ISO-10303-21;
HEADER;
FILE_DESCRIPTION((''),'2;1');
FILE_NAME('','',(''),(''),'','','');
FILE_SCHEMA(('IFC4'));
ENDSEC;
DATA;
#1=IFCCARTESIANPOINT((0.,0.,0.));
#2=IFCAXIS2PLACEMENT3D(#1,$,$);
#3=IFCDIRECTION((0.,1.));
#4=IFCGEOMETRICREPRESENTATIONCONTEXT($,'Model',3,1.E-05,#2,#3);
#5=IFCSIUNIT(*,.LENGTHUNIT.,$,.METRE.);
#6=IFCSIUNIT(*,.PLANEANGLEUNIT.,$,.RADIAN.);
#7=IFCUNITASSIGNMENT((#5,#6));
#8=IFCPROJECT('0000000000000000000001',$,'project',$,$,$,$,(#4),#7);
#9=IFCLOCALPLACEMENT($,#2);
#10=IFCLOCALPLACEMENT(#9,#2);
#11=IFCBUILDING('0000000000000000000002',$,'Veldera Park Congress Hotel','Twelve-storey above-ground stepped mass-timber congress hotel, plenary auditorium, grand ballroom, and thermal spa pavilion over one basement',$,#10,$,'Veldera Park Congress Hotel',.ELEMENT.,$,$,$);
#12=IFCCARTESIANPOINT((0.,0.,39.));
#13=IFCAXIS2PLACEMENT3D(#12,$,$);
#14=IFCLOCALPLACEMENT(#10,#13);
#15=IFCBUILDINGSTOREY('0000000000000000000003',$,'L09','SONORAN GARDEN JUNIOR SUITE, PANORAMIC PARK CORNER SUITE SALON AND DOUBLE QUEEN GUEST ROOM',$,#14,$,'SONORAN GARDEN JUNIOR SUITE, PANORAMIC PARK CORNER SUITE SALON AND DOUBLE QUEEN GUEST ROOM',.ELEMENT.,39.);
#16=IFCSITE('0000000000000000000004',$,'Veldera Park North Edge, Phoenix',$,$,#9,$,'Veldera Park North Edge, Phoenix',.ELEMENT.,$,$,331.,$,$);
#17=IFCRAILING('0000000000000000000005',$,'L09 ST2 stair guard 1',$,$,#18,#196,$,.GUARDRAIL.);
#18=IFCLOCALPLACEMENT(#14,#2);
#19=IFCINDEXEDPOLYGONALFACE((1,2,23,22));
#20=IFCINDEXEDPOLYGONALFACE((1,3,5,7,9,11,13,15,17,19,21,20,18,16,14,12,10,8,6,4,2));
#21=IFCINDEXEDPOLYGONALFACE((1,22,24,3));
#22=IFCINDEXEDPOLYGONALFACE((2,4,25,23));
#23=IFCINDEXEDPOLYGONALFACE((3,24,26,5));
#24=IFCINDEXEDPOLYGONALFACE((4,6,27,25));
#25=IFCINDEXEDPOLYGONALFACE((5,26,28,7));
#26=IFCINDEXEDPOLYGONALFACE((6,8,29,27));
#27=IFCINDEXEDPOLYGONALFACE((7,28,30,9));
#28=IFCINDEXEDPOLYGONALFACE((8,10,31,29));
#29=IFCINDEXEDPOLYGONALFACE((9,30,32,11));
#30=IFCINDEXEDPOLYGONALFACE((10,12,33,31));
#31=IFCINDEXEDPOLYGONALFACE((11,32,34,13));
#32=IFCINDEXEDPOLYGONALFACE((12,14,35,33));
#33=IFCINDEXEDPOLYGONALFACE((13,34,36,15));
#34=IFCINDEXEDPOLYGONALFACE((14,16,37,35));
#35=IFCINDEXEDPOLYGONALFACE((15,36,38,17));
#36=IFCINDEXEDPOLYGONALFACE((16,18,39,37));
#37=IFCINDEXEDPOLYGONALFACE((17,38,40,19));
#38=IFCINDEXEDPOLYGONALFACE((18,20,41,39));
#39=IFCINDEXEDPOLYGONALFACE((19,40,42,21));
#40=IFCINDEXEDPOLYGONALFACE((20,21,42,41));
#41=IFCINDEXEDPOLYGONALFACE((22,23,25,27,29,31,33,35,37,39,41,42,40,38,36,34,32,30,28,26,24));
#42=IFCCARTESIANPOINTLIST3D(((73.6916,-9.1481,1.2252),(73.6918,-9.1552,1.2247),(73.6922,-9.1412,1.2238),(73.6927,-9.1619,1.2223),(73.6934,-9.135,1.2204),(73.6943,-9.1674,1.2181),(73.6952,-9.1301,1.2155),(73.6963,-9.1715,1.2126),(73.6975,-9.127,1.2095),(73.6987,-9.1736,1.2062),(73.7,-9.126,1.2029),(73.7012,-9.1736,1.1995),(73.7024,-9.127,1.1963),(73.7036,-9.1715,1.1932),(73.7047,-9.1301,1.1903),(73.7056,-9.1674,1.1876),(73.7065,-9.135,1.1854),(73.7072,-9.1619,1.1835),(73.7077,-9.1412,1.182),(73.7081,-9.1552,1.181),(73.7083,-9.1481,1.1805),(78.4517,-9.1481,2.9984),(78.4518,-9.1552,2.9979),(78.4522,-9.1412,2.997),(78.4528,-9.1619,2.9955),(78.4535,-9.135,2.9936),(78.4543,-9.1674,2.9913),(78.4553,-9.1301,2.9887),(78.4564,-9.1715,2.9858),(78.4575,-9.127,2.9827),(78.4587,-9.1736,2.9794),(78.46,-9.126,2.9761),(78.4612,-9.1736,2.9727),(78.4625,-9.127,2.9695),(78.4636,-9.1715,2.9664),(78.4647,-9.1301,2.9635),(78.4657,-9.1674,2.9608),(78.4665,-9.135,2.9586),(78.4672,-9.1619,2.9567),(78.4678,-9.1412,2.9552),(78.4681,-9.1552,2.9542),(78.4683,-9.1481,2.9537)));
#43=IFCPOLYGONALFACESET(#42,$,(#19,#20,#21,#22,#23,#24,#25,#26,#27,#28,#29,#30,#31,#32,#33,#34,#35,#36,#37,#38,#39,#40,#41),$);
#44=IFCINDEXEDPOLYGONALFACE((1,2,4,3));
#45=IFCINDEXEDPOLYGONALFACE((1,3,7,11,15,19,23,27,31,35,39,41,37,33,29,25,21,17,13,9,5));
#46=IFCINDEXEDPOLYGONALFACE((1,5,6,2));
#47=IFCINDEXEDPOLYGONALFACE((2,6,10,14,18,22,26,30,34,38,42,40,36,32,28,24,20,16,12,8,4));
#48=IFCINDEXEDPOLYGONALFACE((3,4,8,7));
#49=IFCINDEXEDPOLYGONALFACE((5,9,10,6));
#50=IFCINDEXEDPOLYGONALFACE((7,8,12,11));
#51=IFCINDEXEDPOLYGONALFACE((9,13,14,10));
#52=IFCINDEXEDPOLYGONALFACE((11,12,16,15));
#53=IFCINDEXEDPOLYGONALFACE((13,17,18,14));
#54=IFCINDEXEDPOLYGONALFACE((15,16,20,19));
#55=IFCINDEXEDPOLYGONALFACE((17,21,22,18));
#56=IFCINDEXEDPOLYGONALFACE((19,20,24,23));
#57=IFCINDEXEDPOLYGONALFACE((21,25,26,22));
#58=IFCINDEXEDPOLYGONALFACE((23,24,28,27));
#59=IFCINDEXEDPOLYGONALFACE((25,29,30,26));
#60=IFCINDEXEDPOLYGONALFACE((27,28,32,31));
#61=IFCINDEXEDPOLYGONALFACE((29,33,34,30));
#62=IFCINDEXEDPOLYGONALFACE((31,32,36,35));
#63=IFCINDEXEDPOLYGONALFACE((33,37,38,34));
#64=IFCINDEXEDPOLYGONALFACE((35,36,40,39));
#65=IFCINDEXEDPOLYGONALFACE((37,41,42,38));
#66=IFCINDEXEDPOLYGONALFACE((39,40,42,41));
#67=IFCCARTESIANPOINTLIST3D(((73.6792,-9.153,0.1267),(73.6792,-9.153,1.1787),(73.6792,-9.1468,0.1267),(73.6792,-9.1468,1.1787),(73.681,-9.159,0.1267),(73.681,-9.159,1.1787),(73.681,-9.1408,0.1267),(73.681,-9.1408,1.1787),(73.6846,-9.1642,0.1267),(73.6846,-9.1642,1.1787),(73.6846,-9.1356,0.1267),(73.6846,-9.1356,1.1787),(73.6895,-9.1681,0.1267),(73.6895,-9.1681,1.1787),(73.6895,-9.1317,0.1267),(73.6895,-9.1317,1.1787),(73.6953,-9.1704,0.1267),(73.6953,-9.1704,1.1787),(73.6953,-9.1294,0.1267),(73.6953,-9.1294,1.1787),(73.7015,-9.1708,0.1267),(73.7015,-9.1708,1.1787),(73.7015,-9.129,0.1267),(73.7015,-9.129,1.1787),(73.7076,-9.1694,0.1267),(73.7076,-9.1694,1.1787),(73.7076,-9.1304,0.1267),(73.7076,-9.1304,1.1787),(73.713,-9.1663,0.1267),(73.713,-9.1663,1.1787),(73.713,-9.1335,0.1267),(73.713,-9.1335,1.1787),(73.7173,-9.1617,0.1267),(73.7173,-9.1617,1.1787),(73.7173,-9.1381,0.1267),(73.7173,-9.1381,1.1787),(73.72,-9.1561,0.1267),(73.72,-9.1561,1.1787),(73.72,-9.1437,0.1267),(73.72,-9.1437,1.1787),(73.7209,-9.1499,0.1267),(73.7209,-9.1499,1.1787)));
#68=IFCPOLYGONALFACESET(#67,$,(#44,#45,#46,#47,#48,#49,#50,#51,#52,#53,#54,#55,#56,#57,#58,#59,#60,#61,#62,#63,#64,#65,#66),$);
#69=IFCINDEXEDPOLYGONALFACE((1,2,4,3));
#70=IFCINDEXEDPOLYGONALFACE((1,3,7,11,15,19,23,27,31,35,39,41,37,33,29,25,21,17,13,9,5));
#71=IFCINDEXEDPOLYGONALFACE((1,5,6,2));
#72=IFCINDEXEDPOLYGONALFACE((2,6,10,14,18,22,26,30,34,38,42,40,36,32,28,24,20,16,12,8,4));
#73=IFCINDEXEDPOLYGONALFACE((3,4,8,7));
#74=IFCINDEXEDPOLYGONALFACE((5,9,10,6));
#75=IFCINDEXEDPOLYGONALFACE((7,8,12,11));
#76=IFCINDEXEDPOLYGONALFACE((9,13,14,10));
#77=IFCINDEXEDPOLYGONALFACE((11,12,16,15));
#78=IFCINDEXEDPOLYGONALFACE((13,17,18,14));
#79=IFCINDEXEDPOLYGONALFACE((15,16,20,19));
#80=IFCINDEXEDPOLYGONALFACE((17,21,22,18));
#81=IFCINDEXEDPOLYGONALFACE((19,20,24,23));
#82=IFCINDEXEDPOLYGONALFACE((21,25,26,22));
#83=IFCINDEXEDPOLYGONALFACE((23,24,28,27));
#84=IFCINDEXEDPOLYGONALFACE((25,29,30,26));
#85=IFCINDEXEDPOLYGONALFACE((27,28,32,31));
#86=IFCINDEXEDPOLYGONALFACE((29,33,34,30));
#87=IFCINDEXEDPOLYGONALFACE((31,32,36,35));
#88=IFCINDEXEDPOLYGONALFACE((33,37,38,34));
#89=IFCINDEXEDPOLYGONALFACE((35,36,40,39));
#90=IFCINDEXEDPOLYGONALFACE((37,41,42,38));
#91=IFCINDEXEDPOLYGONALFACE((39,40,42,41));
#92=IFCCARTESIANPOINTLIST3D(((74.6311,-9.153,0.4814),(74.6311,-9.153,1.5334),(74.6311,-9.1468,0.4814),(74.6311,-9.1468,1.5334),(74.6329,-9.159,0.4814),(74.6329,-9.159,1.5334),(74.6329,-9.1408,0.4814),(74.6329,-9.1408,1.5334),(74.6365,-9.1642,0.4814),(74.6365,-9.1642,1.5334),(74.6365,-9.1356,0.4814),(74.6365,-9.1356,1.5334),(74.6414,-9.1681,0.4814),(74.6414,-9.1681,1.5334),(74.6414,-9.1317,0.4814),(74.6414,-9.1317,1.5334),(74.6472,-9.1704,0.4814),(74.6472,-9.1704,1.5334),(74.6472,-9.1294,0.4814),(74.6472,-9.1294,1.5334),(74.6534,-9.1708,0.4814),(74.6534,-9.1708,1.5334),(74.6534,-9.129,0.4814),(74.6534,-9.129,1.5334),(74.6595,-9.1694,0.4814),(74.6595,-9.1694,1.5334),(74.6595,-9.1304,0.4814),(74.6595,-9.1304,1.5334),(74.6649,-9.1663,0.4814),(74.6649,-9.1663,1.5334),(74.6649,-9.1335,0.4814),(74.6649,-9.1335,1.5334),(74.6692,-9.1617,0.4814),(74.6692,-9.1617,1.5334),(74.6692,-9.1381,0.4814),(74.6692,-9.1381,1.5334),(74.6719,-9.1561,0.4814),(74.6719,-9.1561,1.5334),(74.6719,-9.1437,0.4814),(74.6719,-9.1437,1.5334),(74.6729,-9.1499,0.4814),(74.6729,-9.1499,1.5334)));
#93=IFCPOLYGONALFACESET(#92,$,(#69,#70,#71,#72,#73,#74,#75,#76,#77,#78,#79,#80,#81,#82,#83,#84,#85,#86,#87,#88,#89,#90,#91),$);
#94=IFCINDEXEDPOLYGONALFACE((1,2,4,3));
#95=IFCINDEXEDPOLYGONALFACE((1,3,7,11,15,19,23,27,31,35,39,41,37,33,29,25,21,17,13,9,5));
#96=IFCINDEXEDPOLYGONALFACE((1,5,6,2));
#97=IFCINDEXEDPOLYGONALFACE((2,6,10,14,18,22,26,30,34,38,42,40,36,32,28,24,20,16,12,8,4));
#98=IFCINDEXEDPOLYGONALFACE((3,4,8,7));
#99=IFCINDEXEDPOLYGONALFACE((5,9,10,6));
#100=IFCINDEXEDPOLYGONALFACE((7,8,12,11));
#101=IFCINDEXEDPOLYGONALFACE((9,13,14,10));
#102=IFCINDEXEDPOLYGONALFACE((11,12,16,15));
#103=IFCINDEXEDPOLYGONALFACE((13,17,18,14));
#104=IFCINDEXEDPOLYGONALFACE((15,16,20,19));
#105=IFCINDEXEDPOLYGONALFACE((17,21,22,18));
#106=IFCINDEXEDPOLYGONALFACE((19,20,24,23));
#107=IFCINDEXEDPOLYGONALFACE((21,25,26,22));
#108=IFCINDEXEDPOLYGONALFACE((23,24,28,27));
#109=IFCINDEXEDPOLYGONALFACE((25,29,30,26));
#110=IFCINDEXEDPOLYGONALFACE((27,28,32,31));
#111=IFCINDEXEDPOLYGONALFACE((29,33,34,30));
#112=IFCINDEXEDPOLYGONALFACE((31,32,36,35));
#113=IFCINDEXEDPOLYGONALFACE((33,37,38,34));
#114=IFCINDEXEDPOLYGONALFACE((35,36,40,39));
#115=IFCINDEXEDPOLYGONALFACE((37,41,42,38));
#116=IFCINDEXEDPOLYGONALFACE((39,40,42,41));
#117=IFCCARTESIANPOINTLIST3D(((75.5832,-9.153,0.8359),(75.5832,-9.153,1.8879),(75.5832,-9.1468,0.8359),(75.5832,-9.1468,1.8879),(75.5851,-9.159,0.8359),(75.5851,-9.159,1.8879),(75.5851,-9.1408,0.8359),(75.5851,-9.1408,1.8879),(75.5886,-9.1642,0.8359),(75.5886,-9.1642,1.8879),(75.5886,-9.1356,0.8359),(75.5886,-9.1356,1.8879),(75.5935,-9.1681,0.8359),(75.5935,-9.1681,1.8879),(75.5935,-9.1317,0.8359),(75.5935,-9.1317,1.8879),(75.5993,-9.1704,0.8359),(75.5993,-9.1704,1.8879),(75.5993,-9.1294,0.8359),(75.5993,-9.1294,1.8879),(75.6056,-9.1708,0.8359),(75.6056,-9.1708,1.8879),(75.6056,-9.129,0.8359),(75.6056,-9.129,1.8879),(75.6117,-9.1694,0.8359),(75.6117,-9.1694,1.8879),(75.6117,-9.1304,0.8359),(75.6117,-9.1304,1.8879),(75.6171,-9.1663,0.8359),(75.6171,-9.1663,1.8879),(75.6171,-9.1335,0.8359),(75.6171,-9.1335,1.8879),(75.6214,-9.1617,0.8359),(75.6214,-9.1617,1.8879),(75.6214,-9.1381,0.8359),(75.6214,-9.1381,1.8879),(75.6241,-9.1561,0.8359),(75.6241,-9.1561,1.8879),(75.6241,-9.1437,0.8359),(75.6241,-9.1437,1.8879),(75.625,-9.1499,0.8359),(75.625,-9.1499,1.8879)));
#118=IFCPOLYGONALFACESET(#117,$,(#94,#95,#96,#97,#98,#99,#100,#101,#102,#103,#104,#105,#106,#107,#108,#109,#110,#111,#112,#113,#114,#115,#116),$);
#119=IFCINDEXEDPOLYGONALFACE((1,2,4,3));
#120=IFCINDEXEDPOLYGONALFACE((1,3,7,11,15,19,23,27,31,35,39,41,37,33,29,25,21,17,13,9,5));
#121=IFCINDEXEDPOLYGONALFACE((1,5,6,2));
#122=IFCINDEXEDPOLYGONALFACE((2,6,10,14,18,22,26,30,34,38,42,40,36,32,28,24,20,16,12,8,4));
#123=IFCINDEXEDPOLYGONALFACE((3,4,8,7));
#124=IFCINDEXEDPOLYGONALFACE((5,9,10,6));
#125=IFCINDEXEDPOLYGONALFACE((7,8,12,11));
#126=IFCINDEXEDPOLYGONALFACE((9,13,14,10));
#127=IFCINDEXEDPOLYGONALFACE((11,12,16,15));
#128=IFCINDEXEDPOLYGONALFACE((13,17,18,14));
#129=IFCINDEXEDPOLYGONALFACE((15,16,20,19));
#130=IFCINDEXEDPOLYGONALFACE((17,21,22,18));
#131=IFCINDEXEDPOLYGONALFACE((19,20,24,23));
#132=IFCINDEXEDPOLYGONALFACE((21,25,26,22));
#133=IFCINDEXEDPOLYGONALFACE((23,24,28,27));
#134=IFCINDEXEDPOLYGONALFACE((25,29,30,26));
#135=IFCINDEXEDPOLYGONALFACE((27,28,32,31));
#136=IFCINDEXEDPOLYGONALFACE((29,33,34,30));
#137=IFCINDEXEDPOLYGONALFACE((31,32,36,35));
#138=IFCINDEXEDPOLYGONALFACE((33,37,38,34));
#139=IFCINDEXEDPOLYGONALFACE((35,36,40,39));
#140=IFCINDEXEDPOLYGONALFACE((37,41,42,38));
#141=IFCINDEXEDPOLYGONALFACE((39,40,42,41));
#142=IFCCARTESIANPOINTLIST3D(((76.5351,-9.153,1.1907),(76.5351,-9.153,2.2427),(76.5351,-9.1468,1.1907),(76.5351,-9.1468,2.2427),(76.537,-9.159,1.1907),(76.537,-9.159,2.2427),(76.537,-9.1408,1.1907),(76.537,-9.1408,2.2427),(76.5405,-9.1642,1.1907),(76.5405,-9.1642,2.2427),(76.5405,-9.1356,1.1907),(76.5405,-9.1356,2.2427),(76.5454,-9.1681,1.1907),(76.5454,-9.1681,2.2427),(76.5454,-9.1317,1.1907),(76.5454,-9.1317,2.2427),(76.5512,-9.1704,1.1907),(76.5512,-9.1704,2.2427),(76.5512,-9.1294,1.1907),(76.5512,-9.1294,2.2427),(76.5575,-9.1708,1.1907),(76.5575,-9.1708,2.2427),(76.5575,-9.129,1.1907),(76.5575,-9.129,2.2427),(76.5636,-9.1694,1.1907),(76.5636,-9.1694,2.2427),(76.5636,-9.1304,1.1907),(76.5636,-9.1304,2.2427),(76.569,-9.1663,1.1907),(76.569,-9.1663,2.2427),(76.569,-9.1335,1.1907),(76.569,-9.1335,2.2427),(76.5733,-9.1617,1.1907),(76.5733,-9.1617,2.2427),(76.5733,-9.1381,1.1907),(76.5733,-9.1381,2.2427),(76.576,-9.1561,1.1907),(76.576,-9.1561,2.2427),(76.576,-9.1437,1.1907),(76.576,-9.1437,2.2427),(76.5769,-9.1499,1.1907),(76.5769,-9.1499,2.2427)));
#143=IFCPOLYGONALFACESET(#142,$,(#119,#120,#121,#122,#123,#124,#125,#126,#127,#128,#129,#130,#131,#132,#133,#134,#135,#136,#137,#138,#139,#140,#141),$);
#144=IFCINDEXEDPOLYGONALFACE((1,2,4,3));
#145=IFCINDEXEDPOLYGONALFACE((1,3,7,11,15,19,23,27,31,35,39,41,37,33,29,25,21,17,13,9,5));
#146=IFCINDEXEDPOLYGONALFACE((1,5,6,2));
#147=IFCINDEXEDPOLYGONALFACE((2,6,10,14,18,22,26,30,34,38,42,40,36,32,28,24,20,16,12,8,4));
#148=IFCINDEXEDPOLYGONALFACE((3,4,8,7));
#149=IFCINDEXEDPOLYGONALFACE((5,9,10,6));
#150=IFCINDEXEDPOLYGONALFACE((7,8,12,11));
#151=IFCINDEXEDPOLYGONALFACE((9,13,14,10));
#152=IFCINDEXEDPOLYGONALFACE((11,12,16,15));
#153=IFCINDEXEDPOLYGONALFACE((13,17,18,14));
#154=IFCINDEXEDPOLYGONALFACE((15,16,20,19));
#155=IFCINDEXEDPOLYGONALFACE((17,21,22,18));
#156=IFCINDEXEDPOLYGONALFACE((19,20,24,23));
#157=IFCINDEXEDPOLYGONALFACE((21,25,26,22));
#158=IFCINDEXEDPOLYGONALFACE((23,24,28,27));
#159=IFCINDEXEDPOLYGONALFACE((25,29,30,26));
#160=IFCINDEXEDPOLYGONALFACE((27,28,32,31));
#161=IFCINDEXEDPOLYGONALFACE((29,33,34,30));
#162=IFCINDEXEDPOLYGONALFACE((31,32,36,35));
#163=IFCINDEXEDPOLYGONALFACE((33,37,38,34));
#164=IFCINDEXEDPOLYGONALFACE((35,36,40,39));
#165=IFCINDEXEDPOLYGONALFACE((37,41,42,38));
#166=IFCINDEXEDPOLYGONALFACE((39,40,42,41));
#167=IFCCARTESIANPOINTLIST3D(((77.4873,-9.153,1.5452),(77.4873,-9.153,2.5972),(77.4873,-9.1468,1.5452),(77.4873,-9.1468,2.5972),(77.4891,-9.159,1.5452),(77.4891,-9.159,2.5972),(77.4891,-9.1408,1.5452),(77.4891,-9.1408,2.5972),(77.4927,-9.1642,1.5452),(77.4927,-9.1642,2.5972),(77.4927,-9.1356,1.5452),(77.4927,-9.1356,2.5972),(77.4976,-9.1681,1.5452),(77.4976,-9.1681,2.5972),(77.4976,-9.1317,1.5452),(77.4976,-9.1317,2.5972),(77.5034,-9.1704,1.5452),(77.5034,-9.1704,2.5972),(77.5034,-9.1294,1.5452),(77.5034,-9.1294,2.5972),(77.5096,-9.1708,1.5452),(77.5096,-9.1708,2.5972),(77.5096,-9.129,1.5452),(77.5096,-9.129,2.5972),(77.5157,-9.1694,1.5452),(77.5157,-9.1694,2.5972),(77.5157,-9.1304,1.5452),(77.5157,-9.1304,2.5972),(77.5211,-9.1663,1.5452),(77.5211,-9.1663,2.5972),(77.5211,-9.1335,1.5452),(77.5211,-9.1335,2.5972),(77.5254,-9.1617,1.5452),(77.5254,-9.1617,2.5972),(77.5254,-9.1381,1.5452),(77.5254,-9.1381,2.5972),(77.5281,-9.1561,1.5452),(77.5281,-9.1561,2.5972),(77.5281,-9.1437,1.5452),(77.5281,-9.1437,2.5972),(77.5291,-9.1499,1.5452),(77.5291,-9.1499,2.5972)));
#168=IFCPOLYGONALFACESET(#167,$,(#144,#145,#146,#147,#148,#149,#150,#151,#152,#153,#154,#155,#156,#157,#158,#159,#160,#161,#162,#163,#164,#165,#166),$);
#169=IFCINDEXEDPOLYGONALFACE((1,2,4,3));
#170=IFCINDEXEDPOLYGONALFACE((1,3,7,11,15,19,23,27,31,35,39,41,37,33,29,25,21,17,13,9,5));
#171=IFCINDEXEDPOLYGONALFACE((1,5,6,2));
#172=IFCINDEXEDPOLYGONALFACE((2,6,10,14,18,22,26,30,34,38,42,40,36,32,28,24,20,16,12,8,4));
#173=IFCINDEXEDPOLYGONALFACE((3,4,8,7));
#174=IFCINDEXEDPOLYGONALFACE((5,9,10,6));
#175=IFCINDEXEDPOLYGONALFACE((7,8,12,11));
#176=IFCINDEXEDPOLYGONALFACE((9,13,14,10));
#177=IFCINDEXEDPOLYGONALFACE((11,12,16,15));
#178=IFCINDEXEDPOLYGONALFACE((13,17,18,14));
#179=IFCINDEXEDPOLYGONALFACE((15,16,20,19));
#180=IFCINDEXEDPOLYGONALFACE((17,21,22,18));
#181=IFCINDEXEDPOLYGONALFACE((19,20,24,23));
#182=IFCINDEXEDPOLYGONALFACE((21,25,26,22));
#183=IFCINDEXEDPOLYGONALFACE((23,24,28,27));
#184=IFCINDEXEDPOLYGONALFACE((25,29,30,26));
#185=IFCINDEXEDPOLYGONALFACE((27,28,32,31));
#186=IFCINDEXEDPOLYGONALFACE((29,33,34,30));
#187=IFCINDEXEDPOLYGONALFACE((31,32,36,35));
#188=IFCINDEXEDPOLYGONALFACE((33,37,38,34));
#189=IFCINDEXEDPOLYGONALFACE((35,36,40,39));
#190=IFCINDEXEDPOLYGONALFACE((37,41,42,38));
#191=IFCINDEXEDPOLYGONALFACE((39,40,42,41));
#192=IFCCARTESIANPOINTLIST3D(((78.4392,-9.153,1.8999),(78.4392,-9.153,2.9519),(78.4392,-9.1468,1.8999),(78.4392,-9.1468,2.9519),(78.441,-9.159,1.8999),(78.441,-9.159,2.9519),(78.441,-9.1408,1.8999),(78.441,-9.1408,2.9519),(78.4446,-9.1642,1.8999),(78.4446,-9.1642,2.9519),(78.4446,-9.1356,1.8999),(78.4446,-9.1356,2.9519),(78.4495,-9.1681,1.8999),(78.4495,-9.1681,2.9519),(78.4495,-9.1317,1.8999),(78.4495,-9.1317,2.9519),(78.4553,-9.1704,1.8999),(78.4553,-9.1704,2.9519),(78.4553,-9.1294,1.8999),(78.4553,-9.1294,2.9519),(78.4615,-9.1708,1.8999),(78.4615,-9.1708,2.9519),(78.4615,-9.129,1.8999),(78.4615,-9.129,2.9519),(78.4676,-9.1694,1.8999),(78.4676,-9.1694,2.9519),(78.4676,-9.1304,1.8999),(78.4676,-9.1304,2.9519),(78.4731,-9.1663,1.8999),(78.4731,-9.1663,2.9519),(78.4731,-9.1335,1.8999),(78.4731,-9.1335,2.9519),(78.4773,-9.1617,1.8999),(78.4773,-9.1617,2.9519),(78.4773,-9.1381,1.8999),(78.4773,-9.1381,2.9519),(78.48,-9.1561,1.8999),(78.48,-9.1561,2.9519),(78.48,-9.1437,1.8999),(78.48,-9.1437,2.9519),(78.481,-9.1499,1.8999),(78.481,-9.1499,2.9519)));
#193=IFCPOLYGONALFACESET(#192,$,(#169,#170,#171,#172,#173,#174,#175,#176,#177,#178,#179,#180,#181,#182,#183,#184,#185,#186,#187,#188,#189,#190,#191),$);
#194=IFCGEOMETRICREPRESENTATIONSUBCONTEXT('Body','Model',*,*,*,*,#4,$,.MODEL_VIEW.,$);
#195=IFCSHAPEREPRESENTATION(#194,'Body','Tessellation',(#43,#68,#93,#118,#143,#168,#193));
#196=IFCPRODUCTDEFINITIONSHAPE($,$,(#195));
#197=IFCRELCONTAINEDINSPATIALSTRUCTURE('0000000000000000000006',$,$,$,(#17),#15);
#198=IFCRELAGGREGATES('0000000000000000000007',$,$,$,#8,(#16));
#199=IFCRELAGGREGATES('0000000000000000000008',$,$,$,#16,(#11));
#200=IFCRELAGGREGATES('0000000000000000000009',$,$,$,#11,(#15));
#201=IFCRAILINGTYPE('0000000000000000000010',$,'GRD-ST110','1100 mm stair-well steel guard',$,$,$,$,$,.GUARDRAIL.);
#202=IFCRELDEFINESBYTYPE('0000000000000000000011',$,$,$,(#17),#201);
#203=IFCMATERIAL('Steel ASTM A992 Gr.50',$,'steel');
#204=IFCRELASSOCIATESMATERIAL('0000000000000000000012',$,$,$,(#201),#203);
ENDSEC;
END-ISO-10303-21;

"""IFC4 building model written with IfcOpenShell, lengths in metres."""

from ifc_helpers import new_model, si_unit, direction, frame, origin, origin_2d, place, context, subcontext, project, spatial, circle, extrude, material, type_object, element, save


model = new_model("IFC4")

# Units and contexts
model_context = context("Model", 3, precision=1e-05, world=origin(), true_north=direction((0.0, 1.0)))
body_context = subcontext(model_context, "Body", "Model", "MODEL_VIEW")
ifc_project = project(units=[si_unit("LENGTHUNIT", "METRE"), si_unit("PLANEANGLEUNIT", "RADIAN")], contexts=[model_context])

# Site, building, storey
site_placement = place(None, origin())
site = spatial("IfcSite", under=ifc_project, at=site_placement, Name="Veldera Park North Edge, Phoenix", LongName="Veldera Park North Edge, Phoenix", CompositionType="ELEMENT", RefElevation=331.0)
building_placement = place(site_placement, origin())
building = spatial("IfcBuilding", under=site, at=building_placement, Name="Veldera Park Congress Hotel", Description="Twelve-storey above-ground stepped mass-timber congress hotel, plenary auditorium, grand ballroom, and thermal spa pavilion over one basement", LongName="Veldera Park Congress Hotel", CompositionType="ELEMENT")
storey_placement = place(building_placement, frame((0.0, 0.0, 39.0)))
storey = spatial("IfcBuildingStorey", under=building, at=storey_placement, Name="L09", Description="SONORAN GARDEN JUNIOR SUITE, PANORAMIC PARK CORNER SUITE SALON AND DOUBLE QUEEN GUEST ROOM", LongName="SONORAN GARDEN JUNIOR SUITE, PANORAMIC PARK CORNER SUITE SALON AND DOUBLE QUEEN GUEST ROOM", CompositionType="ELEMENT", Elevation=39.0)

# Railing
ifc_material_1 = material(Name="Steel ASTM A992 Gr.50", Category="steel")
railing_type_1 = type_object("IfcRailingType", Name="GRD-ST110", Description="1100 mm stair-well steel guard", PredefinedType="GUARDRAIL", material=ifc_material_1)
railing_1_placement = place(storey_placement, frame((73.7, -9.1499, 0.1267)))
element("IfcRailing", 1, at=railing_1_placement, inside=storey, type_object=railing_type_1, Name="L09 ST2 stair guard 1", PredefinedType="GUARDRAIL", context=body_context, shape_type="SweptSolid", body=[
    extrude(circle(Radius=0.0239, at=origin_2d()), frame((0.0, 0.0, 1.0762), z_axis=(0.937091, 0.0, 0.349084), x_axis=(0.0, 1.0, 0.0)), (0.0, 0.0, 1.0), 5.0796),
    extrude(circle(Radius=0.021, at=origin_2d()), origin(), (0.0, 0.0, 1.0), 1.052),
    extrude(circle(Radius=0.021, at=origin_2d()), frame((0.9519, 0.0, 0.3547)), (0.0, 0.0, 1.0), 1.052),
    extrude(circle(Radius=0.021, at=origin_2d()), frame((1.9041, 0.0, 0.7092)), (0.0, 0.0, 1.0), 1.052),
    extrude(circle(Radius=0.021, at=origin_2d()), frame((2.856, 0.0, 1.064)), (0.0, 0.0, 1.0), 1.052),
    extrude(circle(Radius=0.021, at=origin_2d()), frame((3.8081, 0.0, 1.4185)), (0.0, 0.0, 1.0), 1.052),
    extrude(circle(Radius=0.021, at=origin_2d()), frame((4.76, 0.0, 1.7732)), (0.0, 0.0, 1.0), 1.052),
])

save(model, "model.ifc")
